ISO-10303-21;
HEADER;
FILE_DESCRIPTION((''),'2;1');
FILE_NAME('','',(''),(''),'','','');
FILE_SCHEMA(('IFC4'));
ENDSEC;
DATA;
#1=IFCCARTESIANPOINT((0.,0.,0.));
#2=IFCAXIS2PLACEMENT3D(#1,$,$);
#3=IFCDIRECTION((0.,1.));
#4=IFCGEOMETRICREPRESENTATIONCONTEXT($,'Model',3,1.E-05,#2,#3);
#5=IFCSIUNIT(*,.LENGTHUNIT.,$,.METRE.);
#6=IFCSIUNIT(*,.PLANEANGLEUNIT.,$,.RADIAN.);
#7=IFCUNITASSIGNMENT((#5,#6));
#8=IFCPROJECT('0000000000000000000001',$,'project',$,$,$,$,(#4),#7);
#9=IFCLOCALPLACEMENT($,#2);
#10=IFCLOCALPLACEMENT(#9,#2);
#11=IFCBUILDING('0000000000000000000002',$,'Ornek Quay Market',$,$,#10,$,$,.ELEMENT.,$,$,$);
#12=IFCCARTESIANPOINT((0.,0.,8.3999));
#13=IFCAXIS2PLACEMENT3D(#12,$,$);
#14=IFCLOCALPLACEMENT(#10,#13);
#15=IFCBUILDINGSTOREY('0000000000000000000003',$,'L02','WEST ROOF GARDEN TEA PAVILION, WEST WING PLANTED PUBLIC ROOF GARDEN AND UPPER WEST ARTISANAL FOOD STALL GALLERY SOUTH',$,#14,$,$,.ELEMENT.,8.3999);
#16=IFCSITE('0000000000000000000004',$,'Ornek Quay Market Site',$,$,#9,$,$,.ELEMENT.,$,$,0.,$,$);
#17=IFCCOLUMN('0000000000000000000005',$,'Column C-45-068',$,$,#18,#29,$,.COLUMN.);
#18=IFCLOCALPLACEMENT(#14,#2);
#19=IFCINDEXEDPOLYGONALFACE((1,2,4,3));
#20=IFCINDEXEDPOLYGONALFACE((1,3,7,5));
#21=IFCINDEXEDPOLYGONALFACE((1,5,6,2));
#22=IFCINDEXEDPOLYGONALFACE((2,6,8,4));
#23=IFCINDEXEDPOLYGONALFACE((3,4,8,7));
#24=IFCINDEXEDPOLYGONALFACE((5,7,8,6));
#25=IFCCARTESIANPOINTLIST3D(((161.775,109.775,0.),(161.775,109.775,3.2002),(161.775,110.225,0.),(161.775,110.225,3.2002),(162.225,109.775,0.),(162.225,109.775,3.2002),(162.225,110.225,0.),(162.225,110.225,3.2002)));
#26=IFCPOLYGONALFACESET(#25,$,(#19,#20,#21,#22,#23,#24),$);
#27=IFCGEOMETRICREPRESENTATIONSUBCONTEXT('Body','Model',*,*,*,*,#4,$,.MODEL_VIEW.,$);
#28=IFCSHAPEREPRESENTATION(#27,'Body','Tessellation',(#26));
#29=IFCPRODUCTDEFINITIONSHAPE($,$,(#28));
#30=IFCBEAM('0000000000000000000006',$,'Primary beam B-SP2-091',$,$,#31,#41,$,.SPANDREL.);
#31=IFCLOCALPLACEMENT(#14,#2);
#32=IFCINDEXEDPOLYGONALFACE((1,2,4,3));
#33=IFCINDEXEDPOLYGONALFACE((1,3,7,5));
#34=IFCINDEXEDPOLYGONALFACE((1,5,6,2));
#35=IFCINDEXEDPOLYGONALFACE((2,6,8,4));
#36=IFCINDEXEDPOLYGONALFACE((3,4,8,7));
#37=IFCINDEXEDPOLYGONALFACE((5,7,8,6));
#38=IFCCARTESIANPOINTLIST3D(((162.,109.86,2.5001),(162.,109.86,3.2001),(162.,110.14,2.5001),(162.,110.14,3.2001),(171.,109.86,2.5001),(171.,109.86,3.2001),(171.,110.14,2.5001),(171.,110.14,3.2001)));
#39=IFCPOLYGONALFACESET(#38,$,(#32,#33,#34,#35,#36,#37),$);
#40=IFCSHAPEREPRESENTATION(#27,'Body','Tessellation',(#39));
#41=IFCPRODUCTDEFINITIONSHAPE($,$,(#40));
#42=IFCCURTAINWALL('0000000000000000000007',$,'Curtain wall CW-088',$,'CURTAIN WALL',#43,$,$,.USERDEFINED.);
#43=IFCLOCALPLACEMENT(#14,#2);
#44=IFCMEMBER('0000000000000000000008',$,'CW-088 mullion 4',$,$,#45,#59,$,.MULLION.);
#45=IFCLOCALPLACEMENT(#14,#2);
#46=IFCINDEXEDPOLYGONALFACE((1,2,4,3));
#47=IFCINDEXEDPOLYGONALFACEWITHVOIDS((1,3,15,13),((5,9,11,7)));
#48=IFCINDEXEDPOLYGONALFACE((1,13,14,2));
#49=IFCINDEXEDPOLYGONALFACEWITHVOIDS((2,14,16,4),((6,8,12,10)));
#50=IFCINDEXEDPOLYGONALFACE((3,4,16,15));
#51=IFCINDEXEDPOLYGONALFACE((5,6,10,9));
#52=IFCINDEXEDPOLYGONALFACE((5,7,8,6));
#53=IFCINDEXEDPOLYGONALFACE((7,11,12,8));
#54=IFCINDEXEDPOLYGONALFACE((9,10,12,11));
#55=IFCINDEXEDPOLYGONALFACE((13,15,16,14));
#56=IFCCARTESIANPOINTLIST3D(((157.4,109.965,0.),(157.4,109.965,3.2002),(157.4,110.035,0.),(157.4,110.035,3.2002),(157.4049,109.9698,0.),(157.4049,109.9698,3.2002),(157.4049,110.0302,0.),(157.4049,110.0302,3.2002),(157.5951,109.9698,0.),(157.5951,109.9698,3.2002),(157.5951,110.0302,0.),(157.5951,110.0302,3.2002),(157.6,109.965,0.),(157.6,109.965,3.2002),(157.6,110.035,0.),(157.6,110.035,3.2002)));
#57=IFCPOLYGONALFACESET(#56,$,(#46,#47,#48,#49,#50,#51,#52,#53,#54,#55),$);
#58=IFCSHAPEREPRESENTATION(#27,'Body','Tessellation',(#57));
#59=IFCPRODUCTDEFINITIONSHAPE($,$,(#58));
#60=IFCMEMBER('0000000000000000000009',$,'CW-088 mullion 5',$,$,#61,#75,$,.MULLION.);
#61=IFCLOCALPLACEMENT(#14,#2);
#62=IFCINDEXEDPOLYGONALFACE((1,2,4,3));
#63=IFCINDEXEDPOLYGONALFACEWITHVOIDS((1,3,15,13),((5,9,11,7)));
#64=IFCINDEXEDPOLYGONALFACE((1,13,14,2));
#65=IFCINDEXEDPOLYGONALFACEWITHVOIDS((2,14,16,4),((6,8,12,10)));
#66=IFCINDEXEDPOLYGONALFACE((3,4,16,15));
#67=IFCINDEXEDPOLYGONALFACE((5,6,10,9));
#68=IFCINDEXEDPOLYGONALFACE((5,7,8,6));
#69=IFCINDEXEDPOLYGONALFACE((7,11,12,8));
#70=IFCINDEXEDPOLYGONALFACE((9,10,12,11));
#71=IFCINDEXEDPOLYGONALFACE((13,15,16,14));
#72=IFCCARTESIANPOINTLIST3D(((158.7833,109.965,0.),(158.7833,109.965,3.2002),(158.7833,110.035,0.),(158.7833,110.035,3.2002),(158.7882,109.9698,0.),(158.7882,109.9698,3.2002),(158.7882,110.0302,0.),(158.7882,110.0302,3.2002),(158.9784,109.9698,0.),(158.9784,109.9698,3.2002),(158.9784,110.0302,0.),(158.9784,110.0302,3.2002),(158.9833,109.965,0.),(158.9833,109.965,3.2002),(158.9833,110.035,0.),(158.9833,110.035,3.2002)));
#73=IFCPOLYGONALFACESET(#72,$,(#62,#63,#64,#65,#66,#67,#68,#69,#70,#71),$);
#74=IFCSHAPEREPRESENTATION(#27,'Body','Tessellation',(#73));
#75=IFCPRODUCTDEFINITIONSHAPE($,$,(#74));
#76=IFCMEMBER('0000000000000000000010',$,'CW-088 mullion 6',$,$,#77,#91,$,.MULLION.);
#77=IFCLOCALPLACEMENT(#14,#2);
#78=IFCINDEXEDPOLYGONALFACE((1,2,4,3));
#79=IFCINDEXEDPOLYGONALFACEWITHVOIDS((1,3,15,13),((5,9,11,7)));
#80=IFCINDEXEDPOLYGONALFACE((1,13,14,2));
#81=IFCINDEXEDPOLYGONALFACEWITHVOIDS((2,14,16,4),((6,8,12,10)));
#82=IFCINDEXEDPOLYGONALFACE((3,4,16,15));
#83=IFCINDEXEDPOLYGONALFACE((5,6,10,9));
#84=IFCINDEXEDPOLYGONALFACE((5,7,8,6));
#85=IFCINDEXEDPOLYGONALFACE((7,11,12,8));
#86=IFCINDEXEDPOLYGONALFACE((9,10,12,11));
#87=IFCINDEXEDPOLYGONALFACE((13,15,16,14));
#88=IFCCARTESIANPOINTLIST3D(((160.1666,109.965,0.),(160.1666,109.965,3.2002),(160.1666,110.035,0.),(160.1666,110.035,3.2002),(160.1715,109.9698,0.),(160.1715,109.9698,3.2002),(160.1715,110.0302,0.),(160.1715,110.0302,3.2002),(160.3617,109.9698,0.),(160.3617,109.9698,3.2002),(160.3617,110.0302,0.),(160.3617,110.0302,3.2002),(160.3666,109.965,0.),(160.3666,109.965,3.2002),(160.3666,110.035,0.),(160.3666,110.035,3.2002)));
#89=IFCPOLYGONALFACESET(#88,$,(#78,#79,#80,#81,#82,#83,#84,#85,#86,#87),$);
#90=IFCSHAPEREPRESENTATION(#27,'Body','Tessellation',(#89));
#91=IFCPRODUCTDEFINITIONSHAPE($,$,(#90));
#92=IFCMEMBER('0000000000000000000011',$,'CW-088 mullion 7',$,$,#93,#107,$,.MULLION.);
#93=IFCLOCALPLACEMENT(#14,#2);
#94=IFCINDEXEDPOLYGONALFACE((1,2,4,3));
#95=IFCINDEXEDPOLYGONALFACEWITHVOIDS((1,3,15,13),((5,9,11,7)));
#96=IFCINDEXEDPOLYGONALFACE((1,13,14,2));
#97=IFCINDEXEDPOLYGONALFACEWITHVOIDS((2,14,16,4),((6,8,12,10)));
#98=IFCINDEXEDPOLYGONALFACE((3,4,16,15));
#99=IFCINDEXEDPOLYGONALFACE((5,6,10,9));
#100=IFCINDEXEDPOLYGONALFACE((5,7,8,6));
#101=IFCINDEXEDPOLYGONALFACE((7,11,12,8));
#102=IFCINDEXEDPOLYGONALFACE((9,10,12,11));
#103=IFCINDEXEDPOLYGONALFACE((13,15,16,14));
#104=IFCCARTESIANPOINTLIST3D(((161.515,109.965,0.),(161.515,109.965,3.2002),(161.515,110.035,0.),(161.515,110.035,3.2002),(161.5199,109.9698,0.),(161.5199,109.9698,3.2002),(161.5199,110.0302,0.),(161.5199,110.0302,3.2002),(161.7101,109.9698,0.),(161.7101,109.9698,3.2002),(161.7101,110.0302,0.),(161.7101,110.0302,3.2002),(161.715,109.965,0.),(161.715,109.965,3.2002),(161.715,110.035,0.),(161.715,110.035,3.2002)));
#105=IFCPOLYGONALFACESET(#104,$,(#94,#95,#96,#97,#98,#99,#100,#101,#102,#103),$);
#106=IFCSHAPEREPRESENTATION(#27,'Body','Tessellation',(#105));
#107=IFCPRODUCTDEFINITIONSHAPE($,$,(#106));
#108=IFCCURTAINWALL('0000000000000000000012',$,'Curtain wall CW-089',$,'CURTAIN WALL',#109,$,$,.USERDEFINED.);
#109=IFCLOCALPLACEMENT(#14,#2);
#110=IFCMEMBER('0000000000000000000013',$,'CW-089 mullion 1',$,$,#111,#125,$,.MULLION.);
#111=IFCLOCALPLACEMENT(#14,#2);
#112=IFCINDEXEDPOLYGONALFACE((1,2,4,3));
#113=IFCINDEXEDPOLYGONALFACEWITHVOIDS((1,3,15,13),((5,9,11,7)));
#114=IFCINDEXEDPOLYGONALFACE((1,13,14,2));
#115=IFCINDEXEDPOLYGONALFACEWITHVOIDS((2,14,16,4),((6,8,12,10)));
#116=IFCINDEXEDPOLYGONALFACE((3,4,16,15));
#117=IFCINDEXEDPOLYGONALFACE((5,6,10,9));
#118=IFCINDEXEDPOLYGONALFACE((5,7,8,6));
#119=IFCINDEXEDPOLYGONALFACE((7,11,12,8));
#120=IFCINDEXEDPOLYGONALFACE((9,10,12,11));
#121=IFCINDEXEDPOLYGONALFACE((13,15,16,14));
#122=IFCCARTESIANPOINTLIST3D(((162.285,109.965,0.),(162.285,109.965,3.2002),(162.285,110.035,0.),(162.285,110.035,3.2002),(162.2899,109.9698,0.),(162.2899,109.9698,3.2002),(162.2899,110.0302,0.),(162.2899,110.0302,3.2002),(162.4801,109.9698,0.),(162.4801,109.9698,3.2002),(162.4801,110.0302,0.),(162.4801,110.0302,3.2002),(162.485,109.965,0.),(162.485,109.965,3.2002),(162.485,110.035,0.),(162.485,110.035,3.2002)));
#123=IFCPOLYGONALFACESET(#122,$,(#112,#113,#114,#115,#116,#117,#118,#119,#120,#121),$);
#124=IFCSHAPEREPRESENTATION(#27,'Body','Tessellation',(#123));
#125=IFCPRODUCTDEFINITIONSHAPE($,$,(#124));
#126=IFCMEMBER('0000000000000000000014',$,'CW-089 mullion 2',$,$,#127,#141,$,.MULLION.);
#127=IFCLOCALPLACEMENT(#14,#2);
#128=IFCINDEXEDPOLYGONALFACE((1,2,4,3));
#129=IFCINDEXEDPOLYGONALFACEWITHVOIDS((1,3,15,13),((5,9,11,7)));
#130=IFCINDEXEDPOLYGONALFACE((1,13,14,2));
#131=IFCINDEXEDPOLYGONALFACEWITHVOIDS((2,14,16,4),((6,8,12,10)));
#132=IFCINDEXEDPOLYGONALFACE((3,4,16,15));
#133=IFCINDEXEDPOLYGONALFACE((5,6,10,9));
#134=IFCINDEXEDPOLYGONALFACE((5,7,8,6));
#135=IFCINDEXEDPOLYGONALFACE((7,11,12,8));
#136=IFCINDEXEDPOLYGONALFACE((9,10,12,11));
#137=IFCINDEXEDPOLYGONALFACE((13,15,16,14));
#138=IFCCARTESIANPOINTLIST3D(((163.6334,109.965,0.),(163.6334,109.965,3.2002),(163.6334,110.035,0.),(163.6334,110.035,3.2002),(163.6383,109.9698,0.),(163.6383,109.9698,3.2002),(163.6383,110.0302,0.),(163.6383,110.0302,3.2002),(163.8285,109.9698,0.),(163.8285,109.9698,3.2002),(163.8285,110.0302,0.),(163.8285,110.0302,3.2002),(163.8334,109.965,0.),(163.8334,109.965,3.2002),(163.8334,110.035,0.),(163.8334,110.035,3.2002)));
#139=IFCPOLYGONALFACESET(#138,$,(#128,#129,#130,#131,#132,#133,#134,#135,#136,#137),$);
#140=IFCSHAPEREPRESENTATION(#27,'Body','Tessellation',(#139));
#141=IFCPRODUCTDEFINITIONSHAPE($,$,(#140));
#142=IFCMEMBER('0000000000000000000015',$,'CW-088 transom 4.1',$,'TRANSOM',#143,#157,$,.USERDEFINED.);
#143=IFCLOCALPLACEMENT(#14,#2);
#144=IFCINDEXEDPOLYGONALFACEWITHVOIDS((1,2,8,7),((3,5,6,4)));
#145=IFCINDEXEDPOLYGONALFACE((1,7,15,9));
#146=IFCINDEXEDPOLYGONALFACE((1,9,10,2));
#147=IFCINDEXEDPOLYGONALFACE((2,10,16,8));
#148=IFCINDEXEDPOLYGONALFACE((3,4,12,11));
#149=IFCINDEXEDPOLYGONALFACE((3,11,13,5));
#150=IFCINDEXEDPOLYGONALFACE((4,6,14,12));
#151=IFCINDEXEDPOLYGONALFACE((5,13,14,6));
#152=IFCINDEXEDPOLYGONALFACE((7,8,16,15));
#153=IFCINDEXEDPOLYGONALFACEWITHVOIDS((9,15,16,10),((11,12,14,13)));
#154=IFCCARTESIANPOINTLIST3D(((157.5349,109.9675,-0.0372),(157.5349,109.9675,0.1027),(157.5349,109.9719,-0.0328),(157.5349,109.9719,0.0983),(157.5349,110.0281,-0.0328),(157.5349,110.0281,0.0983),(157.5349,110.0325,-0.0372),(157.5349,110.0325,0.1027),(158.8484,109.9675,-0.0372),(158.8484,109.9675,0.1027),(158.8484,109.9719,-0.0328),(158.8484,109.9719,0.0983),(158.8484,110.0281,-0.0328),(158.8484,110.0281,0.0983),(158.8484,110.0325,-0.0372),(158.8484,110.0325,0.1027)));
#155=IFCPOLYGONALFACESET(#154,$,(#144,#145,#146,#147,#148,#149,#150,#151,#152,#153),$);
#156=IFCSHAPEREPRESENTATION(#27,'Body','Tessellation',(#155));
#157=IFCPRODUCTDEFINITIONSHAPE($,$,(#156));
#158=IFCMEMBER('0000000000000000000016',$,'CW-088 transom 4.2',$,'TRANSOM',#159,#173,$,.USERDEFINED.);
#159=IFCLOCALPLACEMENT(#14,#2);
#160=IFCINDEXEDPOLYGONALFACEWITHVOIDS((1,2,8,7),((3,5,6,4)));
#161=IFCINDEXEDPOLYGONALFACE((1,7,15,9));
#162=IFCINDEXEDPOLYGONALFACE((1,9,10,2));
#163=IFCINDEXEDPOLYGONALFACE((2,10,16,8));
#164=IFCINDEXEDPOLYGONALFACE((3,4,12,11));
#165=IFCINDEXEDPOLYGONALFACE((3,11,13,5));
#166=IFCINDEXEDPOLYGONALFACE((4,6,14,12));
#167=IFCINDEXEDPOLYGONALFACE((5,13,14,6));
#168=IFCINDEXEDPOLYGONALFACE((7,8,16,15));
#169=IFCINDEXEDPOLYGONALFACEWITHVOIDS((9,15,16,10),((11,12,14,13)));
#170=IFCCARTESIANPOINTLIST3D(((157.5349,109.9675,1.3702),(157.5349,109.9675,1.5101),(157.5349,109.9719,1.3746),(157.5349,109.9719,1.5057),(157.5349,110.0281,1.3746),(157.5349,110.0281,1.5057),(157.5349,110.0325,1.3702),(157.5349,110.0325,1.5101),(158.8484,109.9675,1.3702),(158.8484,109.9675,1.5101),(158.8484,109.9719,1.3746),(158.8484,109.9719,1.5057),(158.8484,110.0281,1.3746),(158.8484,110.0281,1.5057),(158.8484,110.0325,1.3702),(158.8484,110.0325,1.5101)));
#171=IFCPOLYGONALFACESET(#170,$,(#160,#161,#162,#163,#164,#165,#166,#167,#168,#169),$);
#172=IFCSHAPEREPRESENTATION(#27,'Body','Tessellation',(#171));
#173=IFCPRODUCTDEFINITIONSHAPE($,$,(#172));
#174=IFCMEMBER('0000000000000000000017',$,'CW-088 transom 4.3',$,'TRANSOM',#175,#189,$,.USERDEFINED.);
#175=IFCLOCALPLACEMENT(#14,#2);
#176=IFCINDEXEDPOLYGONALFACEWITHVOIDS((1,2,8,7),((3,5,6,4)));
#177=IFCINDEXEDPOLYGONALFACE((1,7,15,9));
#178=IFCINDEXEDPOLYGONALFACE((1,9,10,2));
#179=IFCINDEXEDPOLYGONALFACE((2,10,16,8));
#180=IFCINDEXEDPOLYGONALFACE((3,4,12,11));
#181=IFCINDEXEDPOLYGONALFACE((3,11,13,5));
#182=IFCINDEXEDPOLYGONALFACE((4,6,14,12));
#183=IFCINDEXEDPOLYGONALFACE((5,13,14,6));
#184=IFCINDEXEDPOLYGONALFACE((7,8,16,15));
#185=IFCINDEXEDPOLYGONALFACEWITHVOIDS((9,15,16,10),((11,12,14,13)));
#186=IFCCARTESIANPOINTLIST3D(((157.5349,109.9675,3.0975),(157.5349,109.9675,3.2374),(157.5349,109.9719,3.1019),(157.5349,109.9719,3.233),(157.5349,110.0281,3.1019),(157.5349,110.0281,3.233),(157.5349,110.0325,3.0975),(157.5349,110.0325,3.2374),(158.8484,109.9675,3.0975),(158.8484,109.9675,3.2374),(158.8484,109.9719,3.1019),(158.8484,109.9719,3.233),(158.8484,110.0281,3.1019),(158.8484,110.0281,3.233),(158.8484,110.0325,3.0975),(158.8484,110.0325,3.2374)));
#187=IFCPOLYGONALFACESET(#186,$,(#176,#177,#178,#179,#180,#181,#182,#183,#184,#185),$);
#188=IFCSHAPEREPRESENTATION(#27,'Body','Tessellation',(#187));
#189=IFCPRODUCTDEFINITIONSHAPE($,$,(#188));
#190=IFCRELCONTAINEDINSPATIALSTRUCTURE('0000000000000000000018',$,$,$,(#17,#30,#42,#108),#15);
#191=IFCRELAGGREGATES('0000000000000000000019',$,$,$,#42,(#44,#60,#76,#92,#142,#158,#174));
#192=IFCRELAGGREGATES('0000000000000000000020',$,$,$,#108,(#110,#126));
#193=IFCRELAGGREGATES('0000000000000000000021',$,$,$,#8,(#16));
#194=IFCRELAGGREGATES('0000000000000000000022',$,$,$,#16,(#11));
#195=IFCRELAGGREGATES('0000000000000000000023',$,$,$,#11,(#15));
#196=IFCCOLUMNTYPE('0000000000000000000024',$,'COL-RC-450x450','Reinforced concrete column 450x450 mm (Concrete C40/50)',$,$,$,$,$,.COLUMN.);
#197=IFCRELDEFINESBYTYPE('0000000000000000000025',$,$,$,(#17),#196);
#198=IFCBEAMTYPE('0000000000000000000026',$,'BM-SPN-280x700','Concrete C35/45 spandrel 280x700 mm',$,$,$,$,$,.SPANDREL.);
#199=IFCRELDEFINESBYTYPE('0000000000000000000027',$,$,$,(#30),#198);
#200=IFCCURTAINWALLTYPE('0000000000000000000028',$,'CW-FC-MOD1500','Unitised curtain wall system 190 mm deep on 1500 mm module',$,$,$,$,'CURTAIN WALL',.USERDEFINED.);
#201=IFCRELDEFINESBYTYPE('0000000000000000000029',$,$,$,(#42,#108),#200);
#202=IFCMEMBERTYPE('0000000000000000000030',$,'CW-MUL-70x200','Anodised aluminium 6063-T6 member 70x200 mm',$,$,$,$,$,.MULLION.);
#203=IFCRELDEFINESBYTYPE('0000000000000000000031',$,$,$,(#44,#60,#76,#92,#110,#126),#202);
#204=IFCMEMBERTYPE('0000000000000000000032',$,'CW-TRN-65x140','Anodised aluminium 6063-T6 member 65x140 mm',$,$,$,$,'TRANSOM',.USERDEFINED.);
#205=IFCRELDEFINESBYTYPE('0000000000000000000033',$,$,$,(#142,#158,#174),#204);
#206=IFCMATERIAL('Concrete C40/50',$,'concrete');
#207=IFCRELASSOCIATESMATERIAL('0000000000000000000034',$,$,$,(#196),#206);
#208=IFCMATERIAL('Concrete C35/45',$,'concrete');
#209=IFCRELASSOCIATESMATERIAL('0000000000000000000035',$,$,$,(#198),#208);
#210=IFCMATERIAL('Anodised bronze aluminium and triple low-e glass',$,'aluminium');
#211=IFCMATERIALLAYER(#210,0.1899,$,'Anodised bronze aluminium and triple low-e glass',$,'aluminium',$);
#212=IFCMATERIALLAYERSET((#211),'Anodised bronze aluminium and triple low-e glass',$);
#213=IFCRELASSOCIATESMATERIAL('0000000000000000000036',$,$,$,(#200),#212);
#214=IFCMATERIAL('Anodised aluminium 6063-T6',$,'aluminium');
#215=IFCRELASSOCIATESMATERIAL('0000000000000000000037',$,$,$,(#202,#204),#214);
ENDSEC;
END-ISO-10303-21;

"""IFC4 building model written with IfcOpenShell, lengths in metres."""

from ifc_helpers import new_model, si_unit, direction, frame, origin, origin_2d, place, context, subcontext, project, spatial, rectangle, hollow_rectangle, extrude, material, layer, layer_set, material_profile, profile_set, type_object, element, aggregate, save


model = new_model("IFC4")

# Units and contexts
model_context = context("Model", 3, precision=1e-05, world=origin(), true_north=direction((0.0, 1.0)))
body_context = subcontext(model_context, "Body", "Model", "MODEL_VIEW")
ifc_project = project(units=[si_unit("LENGTHUNIT", "METRE"), si_unit("PLANEANGLEUNIT", "RADIAN")], contexts=[model_context])

# Site, building, storey
site_placement = place(None, origin())
site = spatial("IfcSite", under=ifc_project, at=site_placement, Name="Ornek Quay Market Site", CompositionType="ELEMENT", RefElevation=0.0)
building_placement = place(site_placement, origin())
building = spatial("IfcBuilding", under=site, at=building_placement, Name="Ornek Quay Market", CompositionType="ELEMENT")
storey_placement = place(building_placement, frame((0.0, 0.0, 8.3999)))
storey = spatial("IfcBuildingStorey", under=building, at=storey_placement, Name="L02", Description="WEST ROOF GARDEN TEA PAVILION, WEST WING PLANTED PUBLIC ROOF GARDEN AND UPPER WEST ARTISANAL FOOD STALL GALLERY SOUTH", CompositionType="ELEMENT", Elevation=8.3999)

# Column
ifc_material_1 = material(Name="Concrete C40/50", Category="concrete")
ifc_material_profile_1 = material_profile(ifc_material_1, rectangle(XDim=0.45, YDim=0.45, at=origin_2d()), Name="RC 450x450", Category="concrete")
ifc_profile_set_1 = profile_set([ifc_material_profile_1], Name="Concrete C40/50")
column_type = type_object("IfcColumnType", Name="COL-RC-450x450", Description="Reinforced concrete column 450x450 mm (Concrete C40/50)", PredefinedType="COLUMN", material=ifc_profile_set_1)
column_placement = place(storey_placement, frame((162.0, 110.0, 0.0), z_axis=(0.0, 0.0, 1.0), x_axis=(1.0, 0.0, 0.0)))
element("IfcColumn", 1, at=column_placement, inside=storey, type_object=column_type, Name="Column C-45-068", PredefinedType="COLUMN", context=body_context, shape_type="SweptSolid", body=[
    extrude(rectangle(XDim=0.45, YDim=0.45, at=origin_2d()), origin(), (0.0, 0.0, 1.0), 3.2002),
])

# Beam
ifc_material_2 = material(Name="Concrete C35/45", Category="concrete")
ifc_material_profile_2 = material_profile(ifc_material_2, rectangle(XDim=0.28, YDim=0.7, at=origin_2d()), Name="RC 280x700", Category="concrete")
ifc_profile_set_2 = profile_set([ifc_material_profile_2], Name="Concrete C35/45")
beam_type = type_object("IfcBeamType", Name="BM-SPN-280x700", Description="Concrete C35/45 spandrel 280x700 mm", PredefinedType="SPANDREL", material=ifc_profile_set_2)
beam_placement = place(storey_placement, frame((162.0, 110.0, 2.8501), z_axis=(1.0, 0.0, 0.0), x_axis=(0.0, 1.0, 0.0)))
element("IfcBeam", 2, at=beam_placement, inside=storey, type_object=beam_type, Name="Primary beam B-SP2-091", PredefinedType="SPANDREL", context=body_context, shape_type="SweptSolid", body=[
    extrude(rectangle(XDim=0.28, YDim=0.7, at=origin_2d()), origin(), (0.0, 0.0, 1.0), 9.0),
])

# Curtain walls, members
ifc_material_3 = material(Name="Anodised bronze aluminium and triple low-e glass", Category="aluminium")
ifc_layer_1 = layer(ifc_material_3, 0.1899, Name="Anodised bronze aluminium and triple low-e glass", Category="aluminium")
ifc_layer_set_1 = layer_set([ifc_layer_1], Name="Anodised bronze aluminium and triple low-e glass")
curtain_wall_type = type_object("IfcCurtainWallType", Name="CW-FC-MOD1500", Description="Unitised curtain wall system 190 mm deep on 1500 mm module", ElementType="CURTAIN WALL", PredefinedType="USERDEFINED", material=ifc_layer_set_1)
curtain_wall_1_placement = place(storey_placement, origin())
curtain_wall_1 = element("IfcCurtainWall", 3, at=curtain_wall_1_placement, inside=storey, type_object=curtain_wall_type, Name="Curtain wall CW-088", ObjectType="CURTAIN WALL", PredefinedType="USERDEFINED")
ifc_material_4 = material(Name="Anodised aluminium 6063-T6", Category="aluminium")
ifc_material_profile_3 = material_profile(ifc_material_4, hollow_rectangle(XDim=0.0701, YDim=0.2, WallThickness=0.0049, at=origin_2d()), Name="CW-MUL-70x200", Category="aluminium")
ifc_profile_set_3 = profile_set([ifc_material_profile_3], Name="Anodised aluminium 6063-T6")
member_type_1 = type_object("IfcMemberType", Name="CW-MUL-70x200", Description="Anodised aluminium 6063-T6 member 70x200 mm", PredefinedType="MULLION", material=ifc_profile_set_3)
member_1_placement = place(storey_placement, frame((157.5, 110.0, 0.0), z_axis=(0.0, 0.0, 1.0), x_axis=(0.0, 1.0, 0.0)))
member_1 = element("IfcMember", 4, at=member_1_placement, type_object=member_type_1, Name="CW-088 mullion 4", PredefinedType="MULLION", context=body_context, shape_type="SweptSolid", body=[
    extrude(hollow_rectangle(XDim=0.0701, YDim=0.2, WallThickness=0.0049, at=origin_2d()), origin(), (0.0, 0.0, 1.0), 3.2002),
])
member_2_placement = place(storey_placement, frame((158.8833, 110.0, 0.0), z_axis=(0.0, 0.0, 1.0), x_axis=(0.0, 1.0, 0.0)))
member_2 = element("IfcMember", 5, at=member_2_placement, type_object=member_type_1, Name="CW-088 mullion 5", PredefinedType="MULLION", context=body_context, shape_type="SweptSolid", body=[
    extrude(hollow_rectangle(XDim=0.0701, YDim=0.2, WallThickness=0.0049, at=origin_2d()), origin(), (0.0, 0.0, 1.0), 3.2002),
])
member_3_placement = place(storey_placement, frame((160.2666, 110.0, 0.0), z_axis=(0.0, 0.0, 1.0), x_axis=(0.0, 1.0, 0.0)))
member_3 = element("IfcMember", 6, at=member_3_placement, type_object=member_type_1, Name="CW-088 mullion 6", PredefinedType="MULLION", context=body_context, shape_type="SweptSolid", body=[
    extrude(hollow_rectangle(XDim=0.0701, YDim=0.2, WallThickness=0.0049, at=origin_2d()), origin(), (0.0, 0.0, 1.0), 3.2002),
])
member_4_placement = place(storey_placement, frame((161.615, 110.0, 0.0), z_axis=(0.0, 0.0, 1.0), x_axis=(0.0, 1.0, 0.0)))
member_4 = element("IfcMember", 7, at=member_4_placement, type_object=member_type_1, Name="CW-088 mullion 7", PredefinedType="MULLION", context=body_context, shape_type="SweptSolid", body=[
    extrude(hollow_rectangle(XDim=0.0701, YDim=0.2, WallThickness=0.0049, at=origin_2d()), origin(), (0.0, 0.0, 1.0), 3.2002),
])
curtain_wall_2_placement = place(storey_placement, origin())
curtain_wall_2 = element("IfcCurtainWall", 8, at=curtain_wall_2_placement, inside=storey, type_object=curtain_wall_type, Name="Curtain wall CW-089", ObjectType="CURTAIN WALL", PredefinedType="USERDEFINED")
member_5_placement = place(storey_placement, frame((162.385, 110.0, 0.0), z_axis=(0.0, 0.0, 1.0), x_axis=(0.0, 1.0, 0.0)))
member_5 = element("IfcMember", 9, at=member_5_placement, type_object=member_type_1, Name="CW-089 mullion 1", PredefinedType="MULLION", context=body_context, shape_type="SweptSolid", body=[
    extrude(hollow_rectangle(XDim=0.0701, YDim=0.2, WallThickness=0.0049, at=origin_2d()), origin(), (0.0, 0.0, 1.0), 3.2002),
])
member_6_placement = place(storey_placement, frame((163.7334, 110.0, 0.0), z_axis=(0.0, 0.0, 1.0), x_axis=(0.0, 1.0, 0.0)))
member_6 = element("IfcMember", 10, at=member_6_placement, type_object=member_type_1, Name="CW-089 mullion 2", PredefinedType="MULLION", context=body_context, shape_type="SweptSolid", body=[
    extrude(hollow_rectangle(XDim=0.0701, YDim=0.2, WallThickness=0.0049, at=origin_2d()), origin(), (0.0, 0.0, 1.0), 3.2002),
])

# Members
ifc_material_profile_4 = material_profile(ifc_material_4, hollow_rectangle(XDim=0.0649, YDim=0.1399, WallThickness=0.0044, at=origin_2d()), Name="CW-TRN-65x140", Category="aluminium")
ifc_profile_set_4 = profile_set([ifc_material_profile_4], Name="Anodised aluminium 6063-T6")
member_type_2 = type_object("IfcMemberType", Name="CW-TRN-65x140", Description="Anodised aluminium 6063-T6 member 65x140 mm", ElementType="TRANSOM", PredefinedType="USERDEFINED", material=ifc_profile_set_4)
member_7_placement = place(storey_placement, frame((157.5349, 110.0, 0.0327), z_axis=(1.0, 0.0, 0.0), x_axis=(0.0, 1.0, 0.0)))
member_7 = element("IfcMember", 11, at=member_7_placement, type_object=member_type_2, Name="CW-088 transom 4.1", ObjectType="TRANSOM", PredefinedType="USERDEFINED", context=body_context, shape_type="SweptSolid", body=[
    extrude(hollow_rectangle(XDim=0.0649, YDim=0.1399, WallThickness=0.0044, at=origin_2d()), origin(), (0.0, 0.0, 1.0), 1.3135),
])
member_8_placement = place(storey_placement, frame((157.5349, 110.0, 1.4402), z_axis=(1.0, 0.0, 0.0), x_axis=(0.0, 1.0, 0.0)))
member_8 = element("IfcMember", 12, at=member_8_placement, type_object=member_type_2, Name="CW-088 transom 4.2", ObjectType="TRANSOM", PredefinedType="USERDEFINED", context=body_context, shape_type="SweptSolid", body=[
    extrude(hollow_rectangle(XDim=0.0649, YDim=0.1399, WallThickness=0.0044, at=origin_2d()), origin(), (0.0, 0.0, 1.0), 1.3135),
])
member_9_placement = place(storey_placement, frame((157.5349, 110.0, 3.1675), z_axis=(1.0, 0.0, 0.0), x_axis=(0.0, 1.0, 0.0)))
member_9 = element("IfcMember", 13, at=member_9_placement, type_object=member_type_2, Name="CW-088 transom 4.3", ObjectType="TRANSOM", PredefinedType="USERDEFINED", context=body_context, shape_type="SweptSolid", body=[
    extrude(hollow_rectangle(XDim=0.0649, YDim=0.1399, WallThickness=0.0044, at=origin_2d()), origin(), (0.0, 0.0, 1.0), 1.3135),
])

aggregate(curtain_wall_1, [member_1, member_2, member_3, member_4, member_7, member_8, member_9])
aggregate(curtain_wall_2, [member_5, member_6])

save(model, "model.ifc")
